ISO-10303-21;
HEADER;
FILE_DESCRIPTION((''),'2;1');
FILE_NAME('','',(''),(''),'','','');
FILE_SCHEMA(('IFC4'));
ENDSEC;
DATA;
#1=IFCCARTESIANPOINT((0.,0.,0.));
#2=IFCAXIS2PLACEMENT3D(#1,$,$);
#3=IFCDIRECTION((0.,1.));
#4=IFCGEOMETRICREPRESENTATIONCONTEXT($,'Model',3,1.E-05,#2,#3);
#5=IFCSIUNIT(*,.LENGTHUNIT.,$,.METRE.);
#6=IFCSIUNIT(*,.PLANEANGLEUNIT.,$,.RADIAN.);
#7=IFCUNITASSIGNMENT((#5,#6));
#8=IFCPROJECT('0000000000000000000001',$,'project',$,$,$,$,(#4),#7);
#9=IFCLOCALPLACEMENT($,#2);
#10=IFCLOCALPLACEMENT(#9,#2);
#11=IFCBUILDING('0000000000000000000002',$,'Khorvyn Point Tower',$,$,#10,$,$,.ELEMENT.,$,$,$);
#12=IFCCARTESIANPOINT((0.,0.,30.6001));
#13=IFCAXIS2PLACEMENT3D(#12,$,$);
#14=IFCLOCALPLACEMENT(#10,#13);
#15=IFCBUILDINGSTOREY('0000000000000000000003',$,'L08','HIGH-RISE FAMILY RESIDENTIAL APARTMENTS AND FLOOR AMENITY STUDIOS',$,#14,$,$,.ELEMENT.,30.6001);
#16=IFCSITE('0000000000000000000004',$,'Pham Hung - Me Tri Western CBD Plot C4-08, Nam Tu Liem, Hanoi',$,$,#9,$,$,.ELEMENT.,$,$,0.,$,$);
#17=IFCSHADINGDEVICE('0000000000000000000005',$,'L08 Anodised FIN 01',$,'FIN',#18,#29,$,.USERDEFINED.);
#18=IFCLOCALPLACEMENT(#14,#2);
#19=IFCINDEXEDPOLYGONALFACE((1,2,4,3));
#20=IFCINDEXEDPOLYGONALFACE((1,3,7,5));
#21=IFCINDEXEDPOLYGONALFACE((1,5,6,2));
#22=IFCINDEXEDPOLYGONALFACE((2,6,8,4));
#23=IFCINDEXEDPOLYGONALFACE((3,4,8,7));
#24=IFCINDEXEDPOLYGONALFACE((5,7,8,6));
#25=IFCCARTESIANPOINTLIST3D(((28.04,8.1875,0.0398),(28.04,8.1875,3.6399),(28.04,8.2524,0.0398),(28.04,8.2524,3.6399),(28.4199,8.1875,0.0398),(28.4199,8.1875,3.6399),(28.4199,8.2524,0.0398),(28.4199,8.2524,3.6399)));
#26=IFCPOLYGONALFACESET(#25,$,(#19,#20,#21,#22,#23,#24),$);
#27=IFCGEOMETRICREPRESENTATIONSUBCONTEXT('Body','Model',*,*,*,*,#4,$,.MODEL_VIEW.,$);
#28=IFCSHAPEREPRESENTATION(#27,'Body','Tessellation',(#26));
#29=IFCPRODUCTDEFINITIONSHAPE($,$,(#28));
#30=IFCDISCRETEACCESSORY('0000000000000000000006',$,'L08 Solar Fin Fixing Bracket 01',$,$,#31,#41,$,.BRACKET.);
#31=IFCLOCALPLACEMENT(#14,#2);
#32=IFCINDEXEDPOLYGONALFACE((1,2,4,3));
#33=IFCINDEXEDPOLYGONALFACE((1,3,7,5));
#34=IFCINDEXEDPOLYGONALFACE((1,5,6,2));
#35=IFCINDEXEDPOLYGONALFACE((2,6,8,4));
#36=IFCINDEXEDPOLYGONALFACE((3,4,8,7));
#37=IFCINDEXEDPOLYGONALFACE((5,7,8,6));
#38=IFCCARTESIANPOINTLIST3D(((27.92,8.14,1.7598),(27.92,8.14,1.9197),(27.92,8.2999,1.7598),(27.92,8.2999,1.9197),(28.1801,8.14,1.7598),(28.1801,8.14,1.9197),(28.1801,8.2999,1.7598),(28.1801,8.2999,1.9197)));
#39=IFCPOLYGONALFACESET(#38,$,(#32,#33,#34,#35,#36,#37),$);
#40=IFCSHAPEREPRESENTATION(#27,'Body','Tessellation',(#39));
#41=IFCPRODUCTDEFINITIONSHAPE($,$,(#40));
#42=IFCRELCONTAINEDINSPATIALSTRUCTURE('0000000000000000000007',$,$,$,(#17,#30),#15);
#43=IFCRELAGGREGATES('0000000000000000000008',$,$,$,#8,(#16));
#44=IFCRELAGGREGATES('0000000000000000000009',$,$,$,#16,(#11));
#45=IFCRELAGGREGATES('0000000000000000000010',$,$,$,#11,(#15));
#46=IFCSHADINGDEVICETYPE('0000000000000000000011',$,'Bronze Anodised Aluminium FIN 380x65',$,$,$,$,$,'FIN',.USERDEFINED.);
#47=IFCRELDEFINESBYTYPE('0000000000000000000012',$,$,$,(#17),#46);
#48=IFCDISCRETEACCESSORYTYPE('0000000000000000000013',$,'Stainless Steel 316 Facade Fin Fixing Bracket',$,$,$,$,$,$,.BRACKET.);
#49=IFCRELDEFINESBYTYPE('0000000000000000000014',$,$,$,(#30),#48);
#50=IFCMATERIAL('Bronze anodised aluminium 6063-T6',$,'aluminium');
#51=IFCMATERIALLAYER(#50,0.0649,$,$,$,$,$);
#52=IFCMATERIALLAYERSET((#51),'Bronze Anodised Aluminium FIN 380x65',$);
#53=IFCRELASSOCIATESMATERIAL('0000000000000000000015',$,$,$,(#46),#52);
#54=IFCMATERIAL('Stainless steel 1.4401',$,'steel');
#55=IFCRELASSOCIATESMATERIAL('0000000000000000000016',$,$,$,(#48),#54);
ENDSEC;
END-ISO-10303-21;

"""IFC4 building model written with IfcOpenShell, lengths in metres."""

from ifc_helpers import new_model, si_unit, direction, frame, origin, origin_2d, place, context, subcontext, project, spatial, rectangle, extrude, material, layer, layer_set, type_object, element, save


model = new_model("IFC4")

# Units and contexts
model_context = context("Model", 3, precision=1e-05, world=origin(), true_north=direction((0.0, 1.0)))
body_context = subcontext(model_context, "Body", "Model", "MODEL_VIEW")
ifc_project = project(units=[si_unit("LENGTHUNIT", "METRE"), si_unit("PLANEANGLEUNIT", "RADIAN")], contexts=[model_context])

# Site, building, storey
site_placement = place(None, origin())
site = spatial("IfcSite", under=ifc_project, at=site_placement, Name="Pham Hung - Me Tri Western CBD Plot C4-08, Nam Tu Liem, Hanoi", CompositionType="ELEMENT", RefElevation=0.0)
building_placement = place(site_placement, origin())
building = spatial("IfcBuilding", under=site, at=building_placement, Name="Khorvyn Point Tower", CompositionType="ELEMENT")
storey_placement = place(building_placement, frame((0.0, 0.0, 30.6001)))
storey = spatial("IfcBuildingStorey", under=building, at=storey_placement, Name="L08", Description="HIGH-RISE FAMILY RESIDENTIAL APARTMENTS AND FLOOR AMENITY STUDIOS", CompositionType="ELEMENT", Elevation=30.6001)

# Shading device
ifc_material_1 = material(Name="Bronze anodised aluminium 6063-T6", Category="aluminium")
ifc_layer_1 = layer(ifc_material_1, 0.0649)
ifc_layer_set_1 = layer_set([ifc_layer_1], Name="Bronze Anodised Aluminium FIN 380x65")
shading_device_type = type_object("IfcShadingDeviceType", Name="Bronze Anodised Aluminium FIN 380x65", ElementType="FIN", PredefinedType="USERDEFINED", material=ifc_layer_set_1)
shading_device_placement = place(storey_placement, frame((28.23, 8.22, 0.0398), z_axis=(0.0, 0.0, 1.0), x_axis=(1.0, 0.0, 0.0)))
element("IfcShadingDevice", 1, at=shading_device_placement, inside=storey, type_object=shading_device_type, Name="L08 Anodised FIN 01", ObjectType="FIN", PredefinedType="USERDEFINED", context=body_context, shape_type="SweptSolid", body=[
    extrude(rectangle(XDim=0.3799, YDim=0.0649, at=origin_2d()), origin(), (0.0, 0.0, 1.0), 3.6001),
])

# Discrete accessory
ifc_material_2 = material(Name="Stainless steel 1.4401", Category="steel")
discrete_accessory_type = type_object("IfcDiscreteAccessoryType", Name="Stainless Steel 316 Facade Fin Fixing Bracket", PredefinedType="BRACKET", material=ifc_material_2)
discrete_accessory_placement = place(storey_placement, frame((28.05, 8.22, 1.7598), z_axis=(0.0, 0.0, 1.0), x_axis=(0.0, -1.0, 0.0)))
element("IfcDiscreteAccessory", 2, at=discrete_accessory_placement, inside=storey, type_object=discrete_accessory_type, Name="L08 Solar Fin Fixing Bracket 01", PredefinedType="BRACKET", context=body_context, shape_type="SweptSolid", body=[
    extrude(rectangle(XDim=0.1599, YDim=0.26, at=origin_2d()), origin(), (0.0, 0.0, 1.0), 0.1599),
])

save(model, "model.ifc")
